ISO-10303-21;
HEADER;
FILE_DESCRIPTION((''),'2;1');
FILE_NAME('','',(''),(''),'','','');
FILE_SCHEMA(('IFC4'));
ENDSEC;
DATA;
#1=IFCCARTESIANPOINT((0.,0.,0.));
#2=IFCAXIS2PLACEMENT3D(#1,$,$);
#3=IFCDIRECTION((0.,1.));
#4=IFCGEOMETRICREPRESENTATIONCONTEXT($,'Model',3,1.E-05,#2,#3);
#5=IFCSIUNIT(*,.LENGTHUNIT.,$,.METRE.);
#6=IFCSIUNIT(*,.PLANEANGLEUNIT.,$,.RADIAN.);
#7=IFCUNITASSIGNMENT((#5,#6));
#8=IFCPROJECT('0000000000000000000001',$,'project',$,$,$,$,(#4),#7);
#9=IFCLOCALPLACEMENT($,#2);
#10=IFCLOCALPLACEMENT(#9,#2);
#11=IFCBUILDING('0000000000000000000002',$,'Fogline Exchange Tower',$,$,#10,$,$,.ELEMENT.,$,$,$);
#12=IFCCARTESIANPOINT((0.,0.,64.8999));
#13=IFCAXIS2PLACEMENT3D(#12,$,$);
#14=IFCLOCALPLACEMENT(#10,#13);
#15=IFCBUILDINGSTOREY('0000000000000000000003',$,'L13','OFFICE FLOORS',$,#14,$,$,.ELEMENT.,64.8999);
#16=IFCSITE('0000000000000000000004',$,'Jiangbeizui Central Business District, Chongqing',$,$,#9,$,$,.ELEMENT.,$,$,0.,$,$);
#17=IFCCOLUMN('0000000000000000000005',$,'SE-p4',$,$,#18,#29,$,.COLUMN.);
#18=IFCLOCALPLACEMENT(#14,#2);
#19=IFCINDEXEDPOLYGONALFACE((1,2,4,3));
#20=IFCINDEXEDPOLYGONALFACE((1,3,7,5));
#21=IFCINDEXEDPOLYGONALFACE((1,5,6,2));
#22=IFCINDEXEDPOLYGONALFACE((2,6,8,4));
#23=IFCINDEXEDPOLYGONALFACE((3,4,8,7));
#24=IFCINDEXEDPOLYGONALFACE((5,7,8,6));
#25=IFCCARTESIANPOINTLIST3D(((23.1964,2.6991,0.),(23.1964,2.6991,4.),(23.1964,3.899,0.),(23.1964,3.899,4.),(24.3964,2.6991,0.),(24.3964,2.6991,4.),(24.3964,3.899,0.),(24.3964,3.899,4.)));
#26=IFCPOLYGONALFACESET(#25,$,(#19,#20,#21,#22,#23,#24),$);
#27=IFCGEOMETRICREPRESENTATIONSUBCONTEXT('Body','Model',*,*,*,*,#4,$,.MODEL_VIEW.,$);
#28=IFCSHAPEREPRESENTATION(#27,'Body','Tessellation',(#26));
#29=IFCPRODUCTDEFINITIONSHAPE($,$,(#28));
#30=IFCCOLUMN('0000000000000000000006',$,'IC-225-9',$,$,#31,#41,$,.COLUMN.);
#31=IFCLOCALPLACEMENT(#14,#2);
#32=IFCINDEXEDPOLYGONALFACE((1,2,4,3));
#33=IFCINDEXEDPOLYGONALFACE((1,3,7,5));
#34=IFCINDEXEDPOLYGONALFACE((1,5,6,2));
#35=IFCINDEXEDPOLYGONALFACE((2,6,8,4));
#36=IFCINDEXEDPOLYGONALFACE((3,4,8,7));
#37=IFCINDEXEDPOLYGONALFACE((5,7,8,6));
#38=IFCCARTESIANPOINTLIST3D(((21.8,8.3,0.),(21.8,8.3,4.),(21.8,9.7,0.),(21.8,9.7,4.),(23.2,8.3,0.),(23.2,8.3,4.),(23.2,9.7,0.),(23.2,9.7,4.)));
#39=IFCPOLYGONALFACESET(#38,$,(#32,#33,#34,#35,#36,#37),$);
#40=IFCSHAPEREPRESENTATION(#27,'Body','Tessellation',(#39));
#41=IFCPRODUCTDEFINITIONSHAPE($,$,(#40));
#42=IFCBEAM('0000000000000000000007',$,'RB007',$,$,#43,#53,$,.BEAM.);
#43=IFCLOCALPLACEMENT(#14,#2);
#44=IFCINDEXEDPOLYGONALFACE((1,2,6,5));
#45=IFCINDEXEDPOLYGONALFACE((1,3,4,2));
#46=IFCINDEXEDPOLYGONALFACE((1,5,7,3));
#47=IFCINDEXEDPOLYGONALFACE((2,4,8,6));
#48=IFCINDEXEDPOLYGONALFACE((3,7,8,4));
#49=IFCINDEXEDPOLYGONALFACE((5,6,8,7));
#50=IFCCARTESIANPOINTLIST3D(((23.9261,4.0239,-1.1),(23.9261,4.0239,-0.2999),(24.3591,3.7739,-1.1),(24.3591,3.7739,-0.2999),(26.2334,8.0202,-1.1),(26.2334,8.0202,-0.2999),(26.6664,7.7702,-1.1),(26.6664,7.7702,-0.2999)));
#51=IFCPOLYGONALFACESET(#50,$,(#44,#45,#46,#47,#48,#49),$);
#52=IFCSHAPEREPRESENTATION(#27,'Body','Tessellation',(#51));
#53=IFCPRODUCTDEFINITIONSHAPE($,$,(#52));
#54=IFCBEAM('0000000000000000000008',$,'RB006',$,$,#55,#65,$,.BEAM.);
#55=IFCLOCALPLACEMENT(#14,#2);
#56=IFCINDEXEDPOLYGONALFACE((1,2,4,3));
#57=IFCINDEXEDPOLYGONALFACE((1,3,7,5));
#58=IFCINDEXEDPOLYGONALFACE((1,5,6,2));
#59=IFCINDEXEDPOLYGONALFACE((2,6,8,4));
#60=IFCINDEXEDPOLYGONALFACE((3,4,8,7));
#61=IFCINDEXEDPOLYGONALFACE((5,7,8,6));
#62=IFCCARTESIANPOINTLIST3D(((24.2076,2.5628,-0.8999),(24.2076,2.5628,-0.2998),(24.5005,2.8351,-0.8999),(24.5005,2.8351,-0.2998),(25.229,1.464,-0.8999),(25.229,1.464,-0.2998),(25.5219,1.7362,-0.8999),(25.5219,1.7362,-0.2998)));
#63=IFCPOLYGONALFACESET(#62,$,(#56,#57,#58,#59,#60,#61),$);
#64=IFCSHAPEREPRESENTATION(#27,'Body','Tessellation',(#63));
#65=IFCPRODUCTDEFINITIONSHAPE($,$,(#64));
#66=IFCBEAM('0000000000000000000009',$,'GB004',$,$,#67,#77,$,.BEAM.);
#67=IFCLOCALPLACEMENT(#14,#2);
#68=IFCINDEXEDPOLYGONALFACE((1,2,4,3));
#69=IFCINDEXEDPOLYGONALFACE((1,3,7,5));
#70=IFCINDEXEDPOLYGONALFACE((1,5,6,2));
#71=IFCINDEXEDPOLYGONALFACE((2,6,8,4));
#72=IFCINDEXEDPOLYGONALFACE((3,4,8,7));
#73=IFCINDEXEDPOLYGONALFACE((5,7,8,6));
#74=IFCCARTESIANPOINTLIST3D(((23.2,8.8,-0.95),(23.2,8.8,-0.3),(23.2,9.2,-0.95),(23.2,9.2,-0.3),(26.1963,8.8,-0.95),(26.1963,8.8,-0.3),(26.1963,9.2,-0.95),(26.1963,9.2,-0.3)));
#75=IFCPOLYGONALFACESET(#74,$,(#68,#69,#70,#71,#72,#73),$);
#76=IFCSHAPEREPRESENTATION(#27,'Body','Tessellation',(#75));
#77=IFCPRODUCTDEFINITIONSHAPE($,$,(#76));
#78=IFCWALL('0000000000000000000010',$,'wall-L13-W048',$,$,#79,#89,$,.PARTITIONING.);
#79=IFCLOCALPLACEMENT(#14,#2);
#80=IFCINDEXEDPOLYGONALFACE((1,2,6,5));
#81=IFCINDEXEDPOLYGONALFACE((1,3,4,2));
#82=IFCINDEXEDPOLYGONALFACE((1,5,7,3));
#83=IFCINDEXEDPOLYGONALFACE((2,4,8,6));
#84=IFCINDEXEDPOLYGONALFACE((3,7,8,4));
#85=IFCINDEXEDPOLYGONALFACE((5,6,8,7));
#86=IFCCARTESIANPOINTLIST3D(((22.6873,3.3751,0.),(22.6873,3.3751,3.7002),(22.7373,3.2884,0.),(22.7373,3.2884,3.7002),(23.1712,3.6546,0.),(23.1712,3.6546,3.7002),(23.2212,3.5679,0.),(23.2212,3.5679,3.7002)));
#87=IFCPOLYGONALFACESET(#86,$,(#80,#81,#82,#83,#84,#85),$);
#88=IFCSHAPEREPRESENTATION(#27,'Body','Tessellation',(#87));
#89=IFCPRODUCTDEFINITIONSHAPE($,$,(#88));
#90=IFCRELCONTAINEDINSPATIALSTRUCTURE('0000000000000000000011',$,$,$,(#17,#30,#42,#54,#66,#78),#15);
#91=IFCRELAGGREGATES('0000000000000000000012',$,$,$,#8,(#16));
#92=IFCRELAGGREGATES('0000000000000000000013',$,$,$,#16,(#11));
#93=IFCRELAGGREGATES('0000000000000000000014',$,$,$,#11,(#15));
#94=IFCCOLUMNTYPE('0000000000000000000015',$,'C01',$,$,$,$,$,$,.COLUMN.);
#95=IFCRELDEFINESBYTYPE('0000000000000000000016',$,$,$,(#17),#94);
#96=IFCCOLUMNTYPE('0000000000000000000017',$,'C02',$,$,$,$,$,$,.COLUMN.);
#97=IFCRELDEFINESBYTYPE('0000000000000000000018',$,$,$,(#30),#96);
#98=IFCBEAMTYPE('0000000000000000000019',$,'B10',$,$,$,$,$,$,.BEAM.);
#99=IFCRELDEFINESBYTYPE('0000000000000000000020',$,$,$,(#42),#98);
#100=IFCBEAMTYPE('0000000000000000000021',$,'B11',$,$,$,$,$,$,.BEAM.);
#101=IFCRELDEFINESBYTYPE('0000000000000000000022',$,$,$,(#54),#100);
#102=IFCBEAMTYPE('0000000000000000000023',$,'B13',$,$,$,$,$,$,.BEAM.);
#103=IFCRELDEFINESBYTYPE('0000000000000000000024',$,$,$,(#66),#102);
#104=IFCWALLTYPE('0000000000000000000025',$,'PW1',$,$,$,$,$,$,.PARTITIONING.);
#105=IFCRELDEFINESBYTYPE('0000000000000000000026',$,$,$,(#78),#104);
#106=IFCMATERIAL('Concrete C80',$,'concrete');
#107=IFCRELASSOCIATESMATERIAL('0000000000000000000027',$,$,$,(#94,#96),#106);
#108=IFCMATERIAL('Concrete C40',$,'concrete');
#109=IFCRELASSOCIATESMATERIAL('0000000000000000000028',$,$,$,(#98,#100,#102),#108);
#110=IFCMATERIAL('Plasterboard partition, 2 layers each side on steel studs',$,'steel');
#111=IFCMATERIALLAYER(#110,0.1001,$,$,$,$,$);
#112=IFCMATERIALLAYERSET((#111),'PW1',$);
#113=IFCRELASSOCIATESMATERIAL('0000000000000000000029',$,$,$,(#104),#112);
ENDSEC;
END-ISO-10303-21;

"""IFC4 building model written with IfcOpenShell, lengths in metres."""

from ifc_helpers import new_model, si_unit, direction, frame, frame_2d, origin, origin_2d, place, context, subcontext, project, spatial, rectangle, extrude, material, layer, layer_set, material_profile, profile_set, type_object, element, save


model = new_model("IFC4")

# Units and contexts
model_context = context("Model", 3, precision=1e-05, world=origin(), true_north=direction((0.0, 1.0)))
body_context = subcontext(model_context, "Body", "Model", "MODEL_VIEW")
ifc_project = project(units=[si_unit("LENGTHUNIT", "METRE"), si_unit("PLANEANGLEUNIT", "RADIAN")], contexts=[model_context])

# Site, building, storey
site_placement = place(None, origin())
site = spatial("IfcSite", under=ifc_project, at=site_placement, Name="Jiangbeizui Central Business District, Chongqing", CompositionType="ELEMENT", RefElevation=0.0)
building_placement = place(site_placement, origin())
building = spatial("IfcBuilding", under=site, at=building_placement, Name="Fogline Exchange Tower", CompositionType="ELEMENT")
storey_placement = place(building_placement, frame((0.0, 0.0, 64.8999)))
storey = spatial("IfcBuildingStorey", under=building, at=storey_placement, Name="L13", Description="OFFICE FLOORS", CompositionType="ELEMENT", Elevation=64.8999)

# Columns
ifc_material_1 = material(Name="Concrete C80", Category="concrete")
ifc_material_profile_1 = material_profile(ifc_material_1, rectangle(XDim=1.2, YDim=1.2, at=origin_2d()), Name="RC 1200x1200")
ifc_profile_set_1 = profile_set([ifc_material_profile_1], Name="Concrete C80")
column_type_1 = type_object("IfcColumnType", Name="C01", PredefinedType="COLUMN", material=ifc_profile_set_1)
column_1_placement = place(storey_placement, frame((23.7964, 3.2991, 0.0), z_axis=(0.0, 0.0, 1.0), x_axis=(1.0, 0.0, 0.0)))
element("IfcColumn", 1, at=column_1_placement, inside=storey, type_object=column_type_1, Name="SE-p4", PredefinedType="COLUMN", context=body_context, shape_type="SweptSolid", body=[
    extrude(rectangle(XDim=1.2, YDim=1.2, at=origin_2d()), origin(), (0.0, 0.0, 1.0), 4.0),
])
ifc_material_profile_2 = material_profile(ifc_material_1, rectangle(XDim=1.3999, YDim=1.3999, at=origin_2d()), Name="RC 1400x1400")
ifc_profile_set_2 = profile_set([ifc_material_profile_2], Name="Concrete C80")
column_type_2 = type_object("IfcColumnType", Name="C02", PredefinedType="COLUMN", material=ifc_profile_set_2)
column_2_placement = place(storey_placement, frame((22.5, 9.0, 0.0), z_axis=(0.0, 0.0, 1.0), x_axis=(1.0, 0.0, 0.0)))
element("IfcColumn", 2, at=column_2_placement, inside=storey, type_object=column_type_2, Name="IC-225-9", PredefinedType="COLUMN", context=body_context, shape_type="SweptSolid", body=[
    extrude(rectangle(XDim=1.3999, YDim=1.3999, at=origin_2d()), origin(), (0.0, 0.0, 1.0), 4.0),
])

# Beams
ifc_material_2 = material(Name="Concrete C40", Category="concrete")
ifc_material_profile_3 = material_profile(ifc_material_2, rectangle(XDim=0.5, YDim=0.8, at=origin_2d()), Name="RC 500x800")
ifc_profile_set_3 = profile_set([ifc_material_profile_3], Name="Concrete C40")
beam_type_1 = type_object("IfcBeamType", Name="B10", PredefinedType="BEAM", material=ifc_profile_set_3)
beam_1_placement = place(storey_placement, frame((24.1426, 3.8989, -0.7), z_axis=(0.500014, 0.866017, 0.0), x_axis=(-0.866017, 0.500014, 0.0)))
element("IfcBeam", 3, at=beam_1_placement, inside=storey, type_object=beam_type_1, Name="RB007", PredefinedType="BEAM", context=body_context, shape_type="SweptSolid", body=[
    extrude(rectangle(XDim=0.5, YDim=0.8, at=origin_2d()), origin(), (0.0, 0.0, 1.0), 4.6145),
])
ifc_material_profile_4 = material_profile(ifc_material_2, rectangle(XDim=0.3999, YDim=0.6001, at=origin_2d()), Name="RC 400x600")
ifc_profile_set_4 = profile_set([ifc_material_profile_4], Name="Concrete C40")
beam_type_2 = type_object("IfcBeamType", Name="B11", PredefinedType="BEAM", material=ifc_profile_set_4)
beam_2_placement = place(storey_placement, frame((25.3755, 1.6001, -0.5999), z_axis=(-0.680844, 0.732428, 0.0), x_axis=(-0.732428, -0.680844, 0.0)))
element("IfcBeam", 4, at=beam_2_placement, inside=storey, type_object=beam_type_2, Name="RB006", PredefinedType="BEAM", context=body_context, shape_type="SweptSolid", body=[
    extrude(rectangle(XDim=0.3999, YDim=0.6001, at=origin_2d()), origin(), (0.0, 0.0, 1.0), 1.5002),
])
ifc_material_profile_5 = material_profile(ifc_material_2, rectangle(XDim=0.3999, YDim=0.6499, at=origin_2d()), Name="RC 400x650")
ifc_profile_set_5 = profile_set([ifc_material_profile_5], Name="Concrete C40")
beam_type_3 = type_object("IfcBeamType", Name="B13", PredefinedType="BEAM", material=ifc_profile_set_5)
beam_3_placement = place(storey_placement, frame((23.2, 9.0, -0.625), z_axis=(1.0, 0.0, 0.0), x_axis=(0.0, 1.0, 0.0)))
element("IfcBeam", 5, at=beam_3_placement, inside=storey, type_object=beam_type_3, Name="GB004", PredefinedType="BEAM", context=body_context, shape_type="SweptSolid", body=[
    extrude(rectangle(XDim=0.3999, YDim=0.6499, at=origin_2d()), origin(), (0.0, 0.0, 1.0), 2.9963),
])

# Wall
ifc_material_3 = material(Name="Plasterboard partition, 2 layers each side on steel studs", Category="steel")
ifc_layer_1 = layer(ifc_material_3, 0.1001)
ifc_layer_set_1 = layer_set([ifc_layer_1], Name="PW1")
wall_type_1 = type_object("IfcWallType", Name="PW1", PredefinedType="PARTITIONING", material=ifc_layer_set_1)
wall_1_placement = place(storey_placement, frame((22.7124, 3.3318, 0.0), z_axis=(0.0, 0.0, 1.0), x_axis=(0.865895, 0.500227, 0.0)))
element("IfcWall", 6, at=wall_1_placement, inside=storey, type_object=wall_type_1, Name="wall-L13-W048", PredefinedType="PARTITIONING", context=body_context, shape_type="SweptSolid", body=[
    extrude(rectangle(XDim=0.5588, YDim=0.1001, at=frame_2d((0.2793, 0.0))), origin(), (0.0, 0.0, 1.0), 3.7002),
])

save(model, "model.ifc")
